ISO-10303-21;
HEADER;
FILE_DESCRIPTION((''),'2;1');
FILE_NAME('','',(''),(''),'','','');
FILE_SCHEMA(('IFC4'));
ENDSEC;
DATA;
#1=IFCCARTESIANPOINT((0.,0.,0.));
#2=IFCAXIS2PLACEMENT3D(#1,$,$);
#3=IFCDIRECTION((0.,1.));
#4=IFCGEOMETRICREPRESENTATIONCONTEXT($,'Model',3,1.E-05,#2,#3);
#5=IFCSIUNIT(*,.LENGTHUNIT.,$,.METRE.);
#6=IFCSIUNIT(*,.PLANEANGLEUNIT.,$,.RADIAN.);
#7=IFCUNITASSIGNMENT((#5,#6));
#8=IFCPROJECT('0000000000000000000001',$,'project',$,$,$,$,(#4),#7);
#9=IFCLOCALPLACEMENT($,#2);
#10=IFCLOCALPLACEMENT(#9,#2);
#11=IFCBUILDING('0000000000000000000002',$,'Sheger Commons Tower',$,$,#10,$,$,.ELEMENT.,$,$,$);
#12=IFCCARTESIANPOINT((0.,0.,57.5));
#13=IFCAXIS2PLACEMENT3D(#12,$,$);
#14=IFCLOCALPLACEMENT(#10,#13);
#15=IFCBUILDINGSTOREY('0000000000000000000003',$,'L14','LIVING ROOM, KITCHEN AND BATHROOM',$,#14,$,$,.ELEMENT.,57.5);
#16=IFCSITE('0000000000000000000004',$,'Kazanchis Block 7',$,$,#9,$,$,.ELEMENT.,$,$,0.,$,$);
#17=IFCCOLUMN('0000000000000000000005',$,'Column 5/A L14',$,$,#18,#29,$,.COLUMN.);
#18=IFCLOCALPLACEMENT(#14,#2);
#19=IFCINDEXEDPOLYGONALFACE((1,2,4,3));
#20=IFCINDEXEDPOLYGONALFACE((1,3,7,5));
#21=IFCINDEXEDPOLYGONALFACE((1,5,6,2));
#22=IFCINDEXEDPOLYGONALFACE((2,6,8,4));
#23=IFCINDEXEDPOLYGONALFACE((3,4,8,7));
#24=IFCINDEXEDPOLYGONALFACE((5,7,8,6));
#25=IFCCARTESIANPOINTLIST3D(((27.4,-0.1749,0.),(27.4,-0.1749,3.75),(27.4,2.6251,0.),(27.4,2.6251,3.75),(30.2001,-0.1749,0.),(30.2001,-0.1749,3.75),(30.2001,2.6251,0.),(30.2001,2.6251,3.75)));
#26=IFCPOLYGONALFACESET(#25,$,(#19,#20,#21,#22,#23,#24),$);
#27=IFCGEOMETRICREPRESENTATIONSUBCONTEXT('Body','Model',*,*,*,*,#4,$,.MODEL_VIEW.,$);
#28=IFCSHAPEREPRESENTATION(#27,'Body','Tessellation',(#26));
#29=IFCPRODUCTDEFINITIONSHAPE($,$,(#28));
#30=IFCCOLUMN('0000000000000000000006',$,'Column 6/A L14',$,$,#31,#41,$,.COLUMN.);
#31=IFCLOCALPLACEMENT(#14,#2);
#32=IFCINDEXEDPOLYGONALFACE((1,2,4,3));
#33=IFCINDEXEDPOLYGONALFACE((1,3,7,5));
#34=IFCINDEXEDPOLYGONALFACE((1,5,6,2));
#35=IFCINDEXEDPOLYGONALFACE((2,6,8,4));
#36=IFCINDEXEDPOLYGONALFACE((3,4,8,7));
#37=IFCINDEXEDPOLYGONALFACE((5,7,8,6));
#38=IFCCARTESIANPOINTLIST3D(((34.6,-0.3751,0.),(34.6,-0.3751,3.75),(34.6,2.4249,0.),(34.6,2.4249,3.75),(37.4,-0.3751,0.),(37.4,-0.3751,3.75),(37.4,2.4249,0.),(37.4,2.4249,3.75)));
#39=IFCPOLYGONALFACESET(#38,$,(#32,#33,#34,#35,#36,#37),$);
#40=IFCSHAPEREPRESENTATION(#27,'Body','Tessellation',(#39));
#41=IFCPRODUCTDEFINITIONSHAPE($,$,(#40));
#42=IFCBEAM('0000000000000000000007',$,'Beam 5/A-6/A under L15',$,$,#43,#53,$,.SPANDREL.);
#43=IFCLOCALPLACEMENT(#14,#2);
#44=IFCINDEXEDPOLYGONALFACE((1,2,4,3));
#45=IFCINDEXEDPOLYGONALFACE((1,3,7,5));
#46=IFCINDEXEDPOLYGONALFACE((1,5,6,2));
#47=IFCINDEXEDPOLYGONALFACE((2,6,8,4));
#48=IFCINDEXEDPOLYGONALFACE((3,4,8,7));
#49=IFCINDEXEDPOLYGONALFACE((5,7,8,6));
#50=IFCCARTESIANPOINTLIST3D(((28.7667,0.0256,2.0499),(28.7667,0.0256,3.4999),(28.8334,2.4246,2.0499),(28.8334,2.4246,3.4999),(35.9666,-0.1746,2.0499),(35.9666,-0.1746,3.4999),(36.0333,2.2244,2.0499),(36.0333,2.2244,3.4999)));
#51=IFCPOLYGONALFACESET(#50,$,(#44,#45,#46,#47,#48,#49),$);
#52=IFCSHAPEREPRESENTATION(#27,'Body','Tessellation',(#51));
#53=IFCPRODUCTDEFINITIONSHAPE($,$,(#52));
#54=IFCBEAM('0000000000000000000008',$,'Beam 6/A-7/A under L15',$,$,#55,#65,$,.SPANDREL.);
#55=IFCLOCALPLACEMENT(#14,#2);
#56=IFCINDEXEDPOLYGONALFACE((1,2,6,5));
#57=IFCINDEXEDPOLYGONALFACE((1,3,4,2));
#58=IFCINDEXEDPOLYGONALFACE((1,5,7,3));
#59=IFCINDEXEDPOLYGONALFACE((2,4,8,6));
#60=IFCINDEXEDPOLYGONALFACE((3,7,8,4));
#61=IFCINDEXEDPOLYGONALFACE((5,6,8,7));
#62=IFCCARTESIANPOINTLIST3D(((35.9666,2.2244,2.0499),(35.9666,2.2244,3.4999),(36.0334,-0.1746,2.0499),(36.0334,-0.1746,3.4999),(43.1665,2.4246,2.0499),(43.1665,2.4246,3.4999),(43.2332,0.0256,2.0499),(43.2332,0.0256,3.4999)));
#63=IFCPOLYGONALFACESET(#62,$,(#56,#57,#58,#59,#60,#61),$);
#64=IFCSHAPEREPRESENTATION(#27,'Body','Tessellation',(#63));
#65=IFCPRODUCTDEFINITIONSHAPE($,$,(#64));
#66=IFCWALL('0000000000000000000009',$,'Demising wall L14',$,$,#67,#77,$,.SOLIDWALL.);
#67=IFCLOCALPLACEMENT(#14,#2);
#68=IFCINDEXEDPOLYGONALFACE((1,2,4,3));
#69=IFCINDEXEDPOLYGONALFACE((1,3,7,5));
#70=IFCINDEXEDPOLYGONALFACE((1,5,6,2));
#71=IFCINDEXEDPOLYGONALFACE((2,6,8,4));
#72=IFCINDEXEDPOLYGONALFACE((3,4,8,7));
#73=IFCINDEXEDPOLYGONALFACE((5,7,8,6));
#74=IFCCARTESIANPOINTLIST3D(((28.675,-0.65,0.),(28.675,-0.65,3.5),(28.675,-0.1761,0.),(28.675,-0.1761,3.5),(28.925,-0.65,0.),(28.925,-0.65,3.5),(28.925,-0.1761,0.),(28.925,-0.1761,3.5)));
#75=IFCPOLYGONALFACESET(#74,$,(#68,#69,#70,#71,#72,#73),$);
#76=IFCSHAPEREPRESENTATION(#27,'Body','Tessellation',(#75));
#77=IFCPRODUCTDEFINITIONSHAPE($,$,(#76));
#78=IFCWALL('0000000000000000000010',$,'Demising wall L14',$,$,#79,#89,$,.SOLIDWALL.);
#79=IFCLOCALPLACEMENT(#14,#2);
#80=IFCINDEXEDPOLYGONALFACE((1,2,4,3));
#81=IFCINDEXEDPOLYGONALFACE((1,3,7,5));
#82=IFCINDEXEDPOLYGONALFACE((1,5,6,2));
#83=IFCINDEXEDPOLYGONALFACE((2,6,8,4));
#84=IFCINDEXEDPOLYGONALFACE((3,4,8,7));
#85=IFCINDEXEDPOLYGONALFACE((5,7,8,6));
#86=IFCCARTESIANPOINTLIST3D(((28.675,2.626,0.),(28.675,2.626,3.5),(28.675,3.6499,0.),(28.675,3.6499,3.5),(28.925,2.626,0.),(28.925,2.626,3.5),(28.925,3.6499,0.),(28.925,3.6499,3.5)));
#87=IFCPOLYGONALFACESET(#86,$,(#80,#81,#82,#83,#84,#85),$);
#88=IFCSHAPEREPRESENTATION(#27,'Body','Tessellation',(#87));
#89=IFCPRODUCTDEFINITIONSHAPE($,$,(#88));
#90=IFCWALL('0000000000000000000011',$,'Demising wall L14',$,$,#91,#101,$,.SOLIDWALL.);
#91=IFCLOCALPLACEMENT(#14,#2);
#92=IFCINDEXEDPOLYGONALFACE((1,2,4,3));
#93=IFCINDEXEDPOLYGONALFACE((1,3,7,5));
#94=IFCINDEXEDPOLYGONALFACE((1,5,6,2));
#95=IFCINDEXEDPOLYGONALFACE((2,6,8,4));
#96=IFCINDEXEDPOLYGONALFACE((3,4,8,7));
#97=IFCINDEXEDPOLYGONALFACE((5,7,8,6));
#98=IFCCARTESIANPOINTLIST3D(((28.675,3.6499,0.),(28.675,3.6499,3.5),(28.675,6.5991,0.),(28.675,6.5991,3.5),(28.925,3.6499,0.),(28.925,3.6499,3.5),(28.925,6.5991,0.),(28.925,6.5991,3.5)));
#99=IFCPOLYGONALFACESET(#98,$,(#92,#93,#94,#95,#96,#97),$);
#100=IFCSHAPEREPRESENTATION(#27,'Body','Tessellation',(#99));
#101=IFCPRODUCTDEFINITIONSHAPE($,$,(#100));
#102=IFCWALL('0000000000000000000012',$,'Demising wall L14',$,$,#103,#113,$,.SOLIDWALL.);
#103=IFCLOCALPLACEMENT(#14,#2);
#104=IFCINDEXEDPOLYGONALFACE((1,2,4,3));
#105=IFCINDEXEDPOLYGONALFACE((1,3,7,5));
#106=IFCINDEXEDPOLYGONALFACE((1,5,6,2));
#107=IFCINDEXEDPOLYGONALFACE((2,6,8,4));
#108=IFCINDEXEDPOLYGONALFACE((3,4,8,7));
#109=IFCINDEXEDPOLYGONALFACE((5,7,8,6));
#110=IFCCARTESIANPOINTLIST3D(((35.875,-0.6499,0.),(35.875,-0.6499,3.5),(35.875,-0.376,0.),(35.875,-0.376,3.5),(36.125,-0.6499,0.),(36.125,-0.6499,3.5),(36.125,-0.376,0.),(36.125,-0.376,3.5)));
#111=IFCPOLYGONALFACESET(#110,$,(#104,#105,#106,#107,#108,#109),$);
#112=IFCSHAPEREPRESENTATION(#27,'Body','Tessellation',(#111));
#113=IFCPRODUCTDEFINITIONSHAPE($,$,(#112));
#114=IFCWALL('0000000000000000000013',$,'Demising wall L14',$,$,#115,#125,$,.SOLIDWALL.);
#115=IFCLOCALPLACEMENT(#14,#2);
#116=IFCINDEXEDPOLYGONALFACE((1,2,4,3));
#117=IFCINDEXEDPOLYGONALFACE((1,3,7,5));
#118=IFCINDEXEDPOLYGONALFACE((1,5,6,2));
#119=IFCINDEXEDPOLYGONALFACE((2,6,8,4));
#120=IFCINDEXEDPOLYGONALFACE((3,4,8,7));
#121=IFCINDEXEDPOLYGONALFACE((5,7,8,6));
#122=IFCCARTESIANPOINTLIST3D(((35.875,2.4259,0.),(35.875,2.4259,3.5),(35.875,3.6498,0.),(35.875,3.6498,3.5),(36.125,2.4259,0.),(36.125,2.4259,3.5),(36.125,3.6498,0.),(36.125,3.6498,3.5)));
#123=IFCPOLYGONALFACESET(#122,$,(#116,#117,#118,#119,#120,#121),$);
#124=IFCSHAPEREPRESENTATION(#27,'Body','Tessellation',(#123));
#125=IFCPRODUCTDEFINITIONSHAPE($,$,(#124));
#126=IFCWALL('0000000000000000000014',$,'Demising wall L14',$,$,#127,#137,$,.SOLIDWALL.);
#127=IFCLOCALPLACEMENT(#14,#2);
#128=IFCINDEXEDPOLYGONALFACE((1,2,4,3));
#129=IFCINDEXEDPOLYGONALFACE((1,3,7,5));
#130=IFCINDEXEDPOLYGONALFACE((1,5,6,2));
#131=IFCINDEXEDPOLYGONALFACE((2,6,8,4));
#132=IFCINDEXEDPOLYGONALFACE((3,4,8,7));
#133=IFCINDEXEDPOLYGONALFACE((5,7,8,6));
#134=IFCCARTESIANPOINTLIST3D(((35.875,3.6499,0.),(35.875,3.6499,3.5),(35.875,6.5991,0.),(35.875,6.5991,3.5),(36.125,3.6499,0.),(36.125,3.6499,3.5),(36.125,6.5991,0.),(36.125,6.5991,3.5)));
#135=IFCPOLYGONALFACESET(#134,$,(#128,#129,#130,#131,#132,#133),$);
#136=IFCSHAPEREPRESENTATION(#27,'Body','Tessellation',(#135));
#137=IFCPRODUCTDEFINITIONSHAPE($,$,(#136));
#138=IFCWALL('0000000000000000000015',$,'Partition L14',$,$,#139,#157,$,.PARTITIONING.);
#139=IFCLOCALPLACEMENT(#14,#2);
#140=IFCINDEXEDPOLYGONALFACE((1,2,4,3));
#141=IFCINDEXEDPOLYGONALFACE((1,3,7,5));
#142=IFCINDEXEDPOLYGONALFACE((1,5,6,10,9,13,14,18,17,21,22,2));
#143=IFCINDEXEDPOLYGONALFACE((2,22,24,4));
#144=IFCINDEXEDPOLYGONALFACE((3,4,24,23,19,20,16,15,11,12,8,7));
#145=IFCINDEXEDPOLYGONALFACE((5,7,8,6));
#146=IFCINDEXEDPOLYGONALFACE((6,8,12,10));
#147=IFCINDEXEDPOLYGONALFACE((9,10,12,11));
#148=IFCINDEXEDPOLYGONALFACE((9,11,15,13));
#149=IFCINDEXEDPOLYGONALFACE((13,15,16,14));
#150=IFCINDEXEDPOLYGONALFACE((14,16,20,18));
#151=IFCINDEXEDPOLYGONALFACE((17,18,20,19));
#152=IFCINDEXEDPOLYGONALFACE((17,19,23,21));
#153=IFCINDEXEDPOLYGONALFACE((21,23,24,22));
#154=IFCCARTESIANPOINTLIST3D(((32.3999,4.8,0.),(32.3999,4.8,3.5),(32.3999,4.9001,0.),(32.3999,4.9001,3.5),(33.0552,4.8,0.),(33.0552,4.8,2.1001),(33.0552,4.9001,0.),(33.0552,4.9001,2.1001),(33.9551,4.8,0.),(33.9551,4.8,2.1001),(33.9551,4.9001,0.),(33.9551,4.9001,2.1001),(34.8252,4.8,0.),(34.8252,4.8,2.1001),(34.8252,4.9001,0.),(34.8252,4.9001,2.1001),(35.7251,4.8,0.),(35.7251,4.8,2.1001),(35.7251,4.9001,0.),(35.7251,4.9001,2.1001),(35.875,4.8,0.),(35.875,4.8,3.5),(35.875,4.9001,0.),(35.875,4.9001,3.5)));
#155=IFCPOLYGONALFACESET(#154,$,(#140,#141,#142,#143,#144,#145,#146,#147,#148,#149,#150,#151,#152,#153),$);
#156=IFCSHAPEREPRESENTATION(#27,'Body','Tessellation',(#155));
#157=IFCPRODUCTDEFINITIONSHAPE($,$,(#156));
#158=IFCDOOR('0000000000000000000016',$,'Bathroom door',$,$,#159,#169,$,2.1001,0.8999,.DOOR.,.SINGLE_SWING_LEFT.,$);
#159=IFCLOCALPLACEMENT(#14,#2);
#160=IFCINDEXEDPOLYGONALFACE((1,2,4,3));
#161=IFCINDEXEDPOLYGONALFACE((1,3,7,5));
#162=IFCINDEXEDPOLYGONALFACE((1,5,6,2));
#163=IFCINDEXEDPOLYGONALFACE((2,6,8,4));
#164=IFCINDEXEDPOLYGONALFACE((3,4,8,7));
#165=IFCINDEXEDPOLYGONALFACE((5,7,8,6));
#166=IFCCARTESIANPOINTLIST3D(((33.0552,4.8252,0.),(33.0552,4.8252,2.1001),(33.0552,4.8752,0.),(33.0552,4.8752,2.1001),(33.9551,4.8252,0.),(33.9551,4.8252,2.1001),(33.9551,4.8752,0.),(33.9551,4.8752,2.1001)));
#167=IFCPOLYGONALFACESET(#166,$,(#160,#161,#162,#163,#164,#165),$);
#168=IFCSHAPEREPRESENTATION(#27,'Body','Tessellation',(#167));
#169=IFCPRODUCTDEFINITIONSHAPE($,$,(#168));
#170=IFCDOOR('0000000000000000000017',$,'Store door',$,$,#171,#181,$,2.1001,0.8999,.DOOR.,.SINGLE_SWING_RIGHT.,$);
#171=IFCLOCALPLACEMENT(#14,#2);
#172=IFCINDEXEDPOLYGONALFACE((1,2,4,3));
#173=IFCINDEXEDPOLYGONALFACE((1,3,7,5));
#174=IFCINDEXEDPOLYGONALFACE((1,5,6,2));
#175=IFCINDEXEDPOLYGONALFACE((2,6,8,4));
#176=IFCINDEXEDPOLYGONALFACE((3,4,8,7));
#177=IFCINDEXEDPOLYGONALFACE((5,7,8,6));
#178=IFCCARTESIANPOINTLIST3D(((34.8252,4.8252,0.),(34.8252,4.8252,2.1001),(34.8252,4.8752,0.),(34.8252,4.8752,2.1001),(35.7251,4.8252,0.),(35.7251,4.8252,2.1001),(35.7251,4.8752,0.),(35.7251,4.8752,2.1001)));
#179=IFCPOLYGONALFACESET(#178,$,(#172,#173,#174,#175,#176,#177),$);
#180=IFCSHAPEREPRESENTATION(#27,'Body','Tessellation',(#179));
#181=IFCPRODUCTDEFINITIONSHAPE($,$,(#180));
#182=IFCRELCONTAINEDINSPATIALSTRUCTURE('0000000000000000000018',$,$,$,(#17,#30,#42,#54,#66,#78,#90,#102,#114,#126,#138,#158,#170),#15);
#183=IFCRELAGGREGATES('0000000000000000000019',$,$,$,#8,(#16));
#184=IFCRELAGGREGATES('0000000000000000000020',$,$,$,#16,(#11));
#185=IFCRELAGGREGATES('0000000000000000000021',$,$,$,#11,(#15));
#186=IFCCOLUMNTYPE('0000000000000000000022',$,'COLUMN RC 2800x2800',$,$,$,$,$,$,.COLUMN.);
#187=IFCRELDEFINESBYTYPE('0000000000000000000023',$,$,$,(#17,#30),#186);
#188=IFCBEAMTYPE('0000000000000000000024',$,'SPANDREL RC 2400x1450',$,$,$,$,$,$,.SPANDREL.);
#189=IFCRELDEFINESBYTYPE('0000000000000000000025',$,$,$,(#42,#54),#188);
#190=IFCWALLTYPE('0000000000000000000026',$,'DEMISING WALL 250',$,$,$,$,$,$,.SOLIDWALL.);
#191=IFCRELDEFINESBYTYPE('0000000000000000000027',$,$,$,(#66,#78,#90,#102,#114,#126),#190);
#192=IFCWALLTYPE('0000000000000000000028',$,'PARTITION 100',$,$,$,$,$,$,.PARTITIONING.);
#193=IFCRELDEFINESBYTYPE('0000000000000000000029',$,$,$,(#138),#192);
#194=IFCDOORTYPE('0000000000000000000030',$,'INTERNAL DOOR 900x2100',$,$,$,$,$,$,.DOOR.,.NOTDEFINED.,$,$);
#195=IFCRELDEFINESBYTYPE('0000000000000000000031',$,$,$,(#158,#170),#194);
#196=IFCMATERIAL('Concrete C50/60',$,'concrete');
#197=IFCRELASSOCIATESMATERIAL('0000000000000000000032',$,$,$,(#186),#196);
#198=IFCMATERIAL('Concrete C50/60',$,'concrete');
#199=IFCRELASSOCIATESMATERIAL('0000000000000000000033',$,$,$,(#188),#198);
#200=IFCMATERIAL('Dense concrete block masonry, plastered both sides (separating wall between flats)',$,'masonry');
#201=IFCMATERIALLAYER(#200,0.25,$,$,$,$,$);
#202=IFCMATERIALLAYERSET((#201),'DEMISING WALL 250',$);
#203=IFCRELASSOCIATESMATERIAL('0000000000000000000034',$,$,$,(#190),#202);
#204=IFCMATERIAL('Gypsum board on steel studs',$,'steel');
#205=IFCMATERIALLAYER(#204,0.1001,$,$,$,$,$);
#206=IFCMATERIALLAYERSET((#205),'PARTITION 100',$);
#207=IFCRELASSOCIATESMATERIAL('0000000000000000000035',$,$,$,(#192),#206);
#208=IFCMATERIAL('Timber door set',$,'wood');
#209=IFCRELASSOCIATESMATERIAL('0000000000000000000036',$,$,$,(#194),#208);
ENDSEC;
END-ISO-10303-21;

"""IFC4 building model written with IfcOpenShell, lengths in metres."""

from ifc_helpers import new_model, si_unit, direction, frame, frame_2d, origin, origin_2d, place, context, subcontext, project, spatial, rectangle, extrude, material, layer, layer_set, material_profile, profile_set, type_object, element, fill, save


model = new_model("IFC4")

# Units and contexts
model_context = context("Model", 3, precision=1e-05, world=origin(), true_north=direction((0.0, 1.0)))
body_context = subcontext(model_context, "Body", "Model", "MODEL_VIEW")
ifc_project = project(units=[si_unit("LENGTHUNIT", "METRE"), si_unit("PLANEANGLEUNIT", "RADIAN")], contexts=[model_context])

# Site, building, storey
site_placement = place(None, origin())
site = spatial("IfcSite", under=ifc_project, at=site_placement, Name="Kazanchis Block 7", CompositionType="ELEMENT", RefElevation=0.0)
building_placement = place(site_placement, origin())
building = spatial("IfcBuilding", under=site, at=building_placement, Name="Sheger Commons Tower", CompositionType="ELEMENT")
storey_placement = place(building_placement, frame((0.0, 0.0, 57.5)))
storey = spatial("IfcBuildingStorey", under=building, at=storey_placement, Name="L14", Description="LIVING ROOM, KITCHEN AND BATHROOM", CompositionType="ELEMENT", Elevation=57.5)

# Columns
ifc_material_1 = material(Name="Concrete C50/60", Category="concrete")
ifc_material_profile_1 = material_profile(ifc_material_1, rectangle(XDim=2.8, YDim=2.8, at=origin_2d()), Name="RC 2800x2800")
ifc_profile_set_1 = profile_set([ifc_material_profile_1], Name="Concrete C50/60")
column_type = type_object("IfcColumnType", Name="COLUMN RC 2800x2800", PredefinedType="COLUMN", material=ifc_profile_set_1)
for number, where, z_axis, x_axis, name in (
    (1, (28.8, 1.2251, 0.0), (0.0, 0.0, 1.0), (1.0, 0.0, 0.0), "Column 5/A L14"),
    (2, (36.0, 1.0249, 0.0), (0.0, 0.0, 1.0), (1.0, 0.0, 0.0), "Column 6/A L14"),
):
    element("IfcColumn", number, at=place(storey_placement, frame(where, z_axis=z_axis, x_axis=x_axis)), inside=storey, type_object=column_type, Name=name, PredefinedType="COLUMN", context=body_context, shape_type="SweptSolid", body=[
        extrude(rectangle(XDim=2.8, YDim=2.8, at=origin_2d()), origin(), (0.0, 0.0, 1.0), 3.75),
    ])

# Beams
ifc_material_2 = material(Name="Concrete C50/60", Category="concrete")
ifc_material_profile_2 = material_profile(ifc_material_2, rectangle(XDim=2.3999, YDim=1.45, at=origin_2d()), Name="RC 2400x1450")
ifc_profile_set_2 = profile_set([ifc_material_profile_2], Name="Concrete C50/60")
beam_type = type_object("IfcBeamType", Name="SPANDREL RC 2400x1450", PredefinedType="SPANDREL", material=ifc_profile_set_2)
for number, where, z_axis, x_axis, name in (
    (3, (28.8, 1.2251, 2.7749), (0.999614, -0.027794, 0.0), (0.027794, 0.999614, 0.0), "Beam 5/A-6/A under L15"),
    (4, (36.0, 1.0249, 2.7749), (0.999614, 0.027794, 0.0), (-0.027794, 0.999614, 0.0), "Beam 6/A-7/A under L15"),
):
    element("IfcBeam", number, at=place(storey_placement, frame(where, z_axis=z_axis, x_axis=x_axis)), inside=storey, type_object=beam_type, Name=name, PredefinedType="SPANDREL", context=body_context, shape_type="SweptSolid", body=[
        extrude(rectangle(XDim=2.3999, YDim=1.45, at=origin_2d()), origin(), (0.0, 0.0, 1.0), 7.2026),
    ])

# Walls
ifc_material_3 = material(Name="Dense concrete block masonry, plastered both sides (separating wall between flats)", Category="masonry")
ifc_layer_1 = layer(ifc_material_3, 0.25)
ifc_layer_set_1 = layer_set([ifc_layer_1], Name="DEMISING WALL 250")
wall_type_1 = type_object("IfcWallType", Name="DEMISING WALL 250", PredefinedType="SOLIDWALL", material=ifc_layer_set_1)
wall_1_placement = place(storey_placement, frame((28.8, -0.6499, 0.0), z_axis=(0.0, 0.0, 1.0), x_axis=(0.0, 1.0, 0.0)))
element("IfcWall", 5, at=wall_1_placement, inside=storey, type_object=wall_type_1, Name="Demising wall L14", PredefinedType="SOLIDWALL", context=body_context, shape_type="SweptSolid", body=[
    extrude(rectangle(XDim=0.4739, YDim=0.25, at=frame_2d((0.2368, 0.0))), origin(), (0.0, 0.0, 1.0), 3.5),
])
wall_2_placement = place(storey_placement, frame((28.8, 2.626, 0.0), z_axis=(0.0, 0.0, 1.0), x_axis=(0.0, 1.0, 0.0)))
element("IfcWall", 6, at=wall_2_placement, inside=storey, type_object=wall_type_1, Name="Demising wall L14", PredefinedType="SOLIDWALL", context=body_context, shape_type="SweptSolid", body=[
    extrude(rectangle(XDim=1.0239, YDim=0.25, at=frame_2d((0.512, 0.0))), origin(), (0.0, 0.0, 1.0), 3.5),
])
wall_3_placement = place(storey_placement, frame((28.8, 3.6499, 0.0), z_axis=(0.0, 0.0, 1.0), x_axis=(0.0, 1.0, 0.0)))
element("IfcWall", 7, at=wall_3_placement, inside=storey, type_object=wall_type_1, Name="Demising wall L14", PredefinedType="SOLIDWALL", context=body_context, shape_type="SweptSolid", body=[
    extrude(rectangle(XDim=2.9492, YDim=0.25, at=frame_2d((1.4746, 0.0))), origin(), (0.0, 0.0, 1.0), 3.5),
])
wall_4_placement = place(storey_placement, frame((36.0, -0.6499, 0.0), z_axis=(0.0, 0.0, 1.0), x_axis=(0.0, 1.0, 0.0)))
element("IfcWall", 8, at=wall_4_placement, inside=storey, type_object=wall_type_1, Name="Demising wall L14", PredefinedType="SOLIDWALL", context=body_context, shape_type="SweptSolid", body=[
    extrude(rectangle(XDim=0.2739, YDim=0.25, at=frame_2d((0.137, 0.0))), origin(), (0.0, 0.0, 1.0), 3.5),
])
wall_5_placement = place(storey_placement, frame((36.0, 2.426, 0.0), z_axis=(0.0, 0.0, 1.0), x_axis=(0.0, 1.0, 0.0)))
element("IfcWall", 9, at=wall_5_placement, inside=storey, type_object=wall_type_1, Name="Demising wall L14", PredefinedType="SOLIDWALL", context=body_context, shape_type="SweptSolid", body=[
    extrude(rectangle(XDim=1.2239, YDim=0.25, at=frame_2d((0.6118, 0.0))), origin(), (0.0, 0.0, 1.0), 3.5),
])
wall_6_placement = place(storey_placement, frame((36.0, 3.6499, 0.0), z_axis=(0.0, 0.0, 1.0), x_axis=(0.0, 1.0, 0.0)))
element("IfcWall", 10, at=wall_6_placement, inside=storey, type_object=wall_type_1, Name="Demising wall L14", PredefinedType="SOLIDWALL", context=body_context, shape_type="SweptSolid", body=[
    extrude(rectangle(XDim=2.9492, YDim=0.25, at=frame_2d((1.4746, 0.0))), origin(), (0.0, 0.0, 1.0), 3.5),
])

# Wall, openings, doors
ifc_material_4 = material(Name="Gypsum board on steel studs", Category="steel")
ifc_layer_2 = layer(ifc_material_4, 0.1001)
ifc_layer_set_2 = layer_set([ifc_layer_2], Name="PARTITION 100")
wall_type_2 = type_object("IfcWallType", Name="PARTITION 100", PredefinedType="PARTITIONING", material=ifc_layer_set_2)
wall_7_placement = place(storey_placement, frame((35.875, 4.8501, 0.0), z_axis=(0.0, 0.0, 1.0), x_axis=(-1.0, 0.0, 0.0)))
wall_7 = element("IfcWall", 11, at=wall_7_placement, inside=storey, type_object=wall_type_2, Name="Partition L14", PredefinedType="PARTITIONING", context=body_context, shape_type="SweptSolid", body=[
    extrude(rectangle(XDim=3.4751, YDim=0.1001, at=frame_2d((1.7375, 0.0))), origin(), (0.0, 0.0, 1.0), 3.5),
])
opening_1_placement = place(wall_7_placement, frame((1.9199, 0.0, 0.0)))
opening_1 = element("IfcOpeningElement", 12, at=opening_1_placement, cuts=wall_7, PredefinedType="OPENING", context=body_context, shape_type="SweptSolid", body=[
    extrude(rectangle(XDim=0.8999, YDim=2.1001, at=frame_2d((0.45, 1.05))), frame((0.0, 0.0601, 0.0), z_axis=(0.0, -1.0, 0.0), x_axis=(1.0, 0.0, 0.0)), (0.0, 0.0, 1.0), 0.1201),
])
opening_2_placement = place(wall_7_placement, frame((0.1499, 0.0, 0.0)))
opening_2 = element("IfcOpeningElement", 13, at=opening_2_placement, cuts=wall_7, PredefinedType="OPENING", context=body_context, shape_type="SweptSolid", body=[
    extrude(rectangle(XDim=0.8999, YDim=2.1001, at=frame_2d((0.45, 1.05))), frame((0.0, 0.0601, 0.0), z_axis=(0.0, -1.0, 0.0), x_axis=(1.0, 0.0, 0.0)), (0.0, 0.0, 1.0), 0.1201),
])
ifc_material_5 = material(Name="Timber door set", Category="wood")
door_type = type_object("IfcDoorType", Name="INTERNAL DOOR 900x2100", OperationType="NOTDEFINED", PredefinedType="DOOR", material=ifc_material_5)
door_1_placement = place(opening_1_placement, origin())
door_1 = element("IfcDoor", 14, at=door_1_placement, inside=storey, type_object=door_type, Name="Bathroom door", OperationType="SINGLE_SWING_LEFT", OverallHeight=2.1001, OverallWidth=0.8999, PredefinedType="DOOR", context=body_context, shape_type="SweptSolid", body=[
    extrude(rectangle(XDim=0.8999, YDim=2.1001, at=frame_2d((0.45, 1.05))), frame((0.0, 0.0249, 0.0), z_axis=(0.0, -1.0, 0.0), x_axis=(1.0, 0.0, 0.0)), (0.0, 0.0, 1.0), 0.05),
])
fill(opening_1, door_1)
door_2_placement = place(opening_2_placement, origin())
door_2 = element("IfcDoor", 15, at=door_2_placement, inside=storey, type_object=door_type, Name="Store door", OperationType="SINGLE_SWING_RIGHT", OverallHeight=2.1001, OverallWidth=0.8999, PredefinedType="DOOR", context=body_context, shape_type="SweptSolid", body=[
    extrude(rectangle(XDim=0.8999, YDim=2.1001, at=frame_2d((0.45, 1.05))), frame((0.0, 0.0249, 0.0), z_axis=(0.0, -1.0, 0.0), x_axis=(1.0, 0.0, 0.0)), (0.0, 0.0, 1.0), 0.05),
])
fill(opening_2, door_2)

save(model, "model.ifc")
